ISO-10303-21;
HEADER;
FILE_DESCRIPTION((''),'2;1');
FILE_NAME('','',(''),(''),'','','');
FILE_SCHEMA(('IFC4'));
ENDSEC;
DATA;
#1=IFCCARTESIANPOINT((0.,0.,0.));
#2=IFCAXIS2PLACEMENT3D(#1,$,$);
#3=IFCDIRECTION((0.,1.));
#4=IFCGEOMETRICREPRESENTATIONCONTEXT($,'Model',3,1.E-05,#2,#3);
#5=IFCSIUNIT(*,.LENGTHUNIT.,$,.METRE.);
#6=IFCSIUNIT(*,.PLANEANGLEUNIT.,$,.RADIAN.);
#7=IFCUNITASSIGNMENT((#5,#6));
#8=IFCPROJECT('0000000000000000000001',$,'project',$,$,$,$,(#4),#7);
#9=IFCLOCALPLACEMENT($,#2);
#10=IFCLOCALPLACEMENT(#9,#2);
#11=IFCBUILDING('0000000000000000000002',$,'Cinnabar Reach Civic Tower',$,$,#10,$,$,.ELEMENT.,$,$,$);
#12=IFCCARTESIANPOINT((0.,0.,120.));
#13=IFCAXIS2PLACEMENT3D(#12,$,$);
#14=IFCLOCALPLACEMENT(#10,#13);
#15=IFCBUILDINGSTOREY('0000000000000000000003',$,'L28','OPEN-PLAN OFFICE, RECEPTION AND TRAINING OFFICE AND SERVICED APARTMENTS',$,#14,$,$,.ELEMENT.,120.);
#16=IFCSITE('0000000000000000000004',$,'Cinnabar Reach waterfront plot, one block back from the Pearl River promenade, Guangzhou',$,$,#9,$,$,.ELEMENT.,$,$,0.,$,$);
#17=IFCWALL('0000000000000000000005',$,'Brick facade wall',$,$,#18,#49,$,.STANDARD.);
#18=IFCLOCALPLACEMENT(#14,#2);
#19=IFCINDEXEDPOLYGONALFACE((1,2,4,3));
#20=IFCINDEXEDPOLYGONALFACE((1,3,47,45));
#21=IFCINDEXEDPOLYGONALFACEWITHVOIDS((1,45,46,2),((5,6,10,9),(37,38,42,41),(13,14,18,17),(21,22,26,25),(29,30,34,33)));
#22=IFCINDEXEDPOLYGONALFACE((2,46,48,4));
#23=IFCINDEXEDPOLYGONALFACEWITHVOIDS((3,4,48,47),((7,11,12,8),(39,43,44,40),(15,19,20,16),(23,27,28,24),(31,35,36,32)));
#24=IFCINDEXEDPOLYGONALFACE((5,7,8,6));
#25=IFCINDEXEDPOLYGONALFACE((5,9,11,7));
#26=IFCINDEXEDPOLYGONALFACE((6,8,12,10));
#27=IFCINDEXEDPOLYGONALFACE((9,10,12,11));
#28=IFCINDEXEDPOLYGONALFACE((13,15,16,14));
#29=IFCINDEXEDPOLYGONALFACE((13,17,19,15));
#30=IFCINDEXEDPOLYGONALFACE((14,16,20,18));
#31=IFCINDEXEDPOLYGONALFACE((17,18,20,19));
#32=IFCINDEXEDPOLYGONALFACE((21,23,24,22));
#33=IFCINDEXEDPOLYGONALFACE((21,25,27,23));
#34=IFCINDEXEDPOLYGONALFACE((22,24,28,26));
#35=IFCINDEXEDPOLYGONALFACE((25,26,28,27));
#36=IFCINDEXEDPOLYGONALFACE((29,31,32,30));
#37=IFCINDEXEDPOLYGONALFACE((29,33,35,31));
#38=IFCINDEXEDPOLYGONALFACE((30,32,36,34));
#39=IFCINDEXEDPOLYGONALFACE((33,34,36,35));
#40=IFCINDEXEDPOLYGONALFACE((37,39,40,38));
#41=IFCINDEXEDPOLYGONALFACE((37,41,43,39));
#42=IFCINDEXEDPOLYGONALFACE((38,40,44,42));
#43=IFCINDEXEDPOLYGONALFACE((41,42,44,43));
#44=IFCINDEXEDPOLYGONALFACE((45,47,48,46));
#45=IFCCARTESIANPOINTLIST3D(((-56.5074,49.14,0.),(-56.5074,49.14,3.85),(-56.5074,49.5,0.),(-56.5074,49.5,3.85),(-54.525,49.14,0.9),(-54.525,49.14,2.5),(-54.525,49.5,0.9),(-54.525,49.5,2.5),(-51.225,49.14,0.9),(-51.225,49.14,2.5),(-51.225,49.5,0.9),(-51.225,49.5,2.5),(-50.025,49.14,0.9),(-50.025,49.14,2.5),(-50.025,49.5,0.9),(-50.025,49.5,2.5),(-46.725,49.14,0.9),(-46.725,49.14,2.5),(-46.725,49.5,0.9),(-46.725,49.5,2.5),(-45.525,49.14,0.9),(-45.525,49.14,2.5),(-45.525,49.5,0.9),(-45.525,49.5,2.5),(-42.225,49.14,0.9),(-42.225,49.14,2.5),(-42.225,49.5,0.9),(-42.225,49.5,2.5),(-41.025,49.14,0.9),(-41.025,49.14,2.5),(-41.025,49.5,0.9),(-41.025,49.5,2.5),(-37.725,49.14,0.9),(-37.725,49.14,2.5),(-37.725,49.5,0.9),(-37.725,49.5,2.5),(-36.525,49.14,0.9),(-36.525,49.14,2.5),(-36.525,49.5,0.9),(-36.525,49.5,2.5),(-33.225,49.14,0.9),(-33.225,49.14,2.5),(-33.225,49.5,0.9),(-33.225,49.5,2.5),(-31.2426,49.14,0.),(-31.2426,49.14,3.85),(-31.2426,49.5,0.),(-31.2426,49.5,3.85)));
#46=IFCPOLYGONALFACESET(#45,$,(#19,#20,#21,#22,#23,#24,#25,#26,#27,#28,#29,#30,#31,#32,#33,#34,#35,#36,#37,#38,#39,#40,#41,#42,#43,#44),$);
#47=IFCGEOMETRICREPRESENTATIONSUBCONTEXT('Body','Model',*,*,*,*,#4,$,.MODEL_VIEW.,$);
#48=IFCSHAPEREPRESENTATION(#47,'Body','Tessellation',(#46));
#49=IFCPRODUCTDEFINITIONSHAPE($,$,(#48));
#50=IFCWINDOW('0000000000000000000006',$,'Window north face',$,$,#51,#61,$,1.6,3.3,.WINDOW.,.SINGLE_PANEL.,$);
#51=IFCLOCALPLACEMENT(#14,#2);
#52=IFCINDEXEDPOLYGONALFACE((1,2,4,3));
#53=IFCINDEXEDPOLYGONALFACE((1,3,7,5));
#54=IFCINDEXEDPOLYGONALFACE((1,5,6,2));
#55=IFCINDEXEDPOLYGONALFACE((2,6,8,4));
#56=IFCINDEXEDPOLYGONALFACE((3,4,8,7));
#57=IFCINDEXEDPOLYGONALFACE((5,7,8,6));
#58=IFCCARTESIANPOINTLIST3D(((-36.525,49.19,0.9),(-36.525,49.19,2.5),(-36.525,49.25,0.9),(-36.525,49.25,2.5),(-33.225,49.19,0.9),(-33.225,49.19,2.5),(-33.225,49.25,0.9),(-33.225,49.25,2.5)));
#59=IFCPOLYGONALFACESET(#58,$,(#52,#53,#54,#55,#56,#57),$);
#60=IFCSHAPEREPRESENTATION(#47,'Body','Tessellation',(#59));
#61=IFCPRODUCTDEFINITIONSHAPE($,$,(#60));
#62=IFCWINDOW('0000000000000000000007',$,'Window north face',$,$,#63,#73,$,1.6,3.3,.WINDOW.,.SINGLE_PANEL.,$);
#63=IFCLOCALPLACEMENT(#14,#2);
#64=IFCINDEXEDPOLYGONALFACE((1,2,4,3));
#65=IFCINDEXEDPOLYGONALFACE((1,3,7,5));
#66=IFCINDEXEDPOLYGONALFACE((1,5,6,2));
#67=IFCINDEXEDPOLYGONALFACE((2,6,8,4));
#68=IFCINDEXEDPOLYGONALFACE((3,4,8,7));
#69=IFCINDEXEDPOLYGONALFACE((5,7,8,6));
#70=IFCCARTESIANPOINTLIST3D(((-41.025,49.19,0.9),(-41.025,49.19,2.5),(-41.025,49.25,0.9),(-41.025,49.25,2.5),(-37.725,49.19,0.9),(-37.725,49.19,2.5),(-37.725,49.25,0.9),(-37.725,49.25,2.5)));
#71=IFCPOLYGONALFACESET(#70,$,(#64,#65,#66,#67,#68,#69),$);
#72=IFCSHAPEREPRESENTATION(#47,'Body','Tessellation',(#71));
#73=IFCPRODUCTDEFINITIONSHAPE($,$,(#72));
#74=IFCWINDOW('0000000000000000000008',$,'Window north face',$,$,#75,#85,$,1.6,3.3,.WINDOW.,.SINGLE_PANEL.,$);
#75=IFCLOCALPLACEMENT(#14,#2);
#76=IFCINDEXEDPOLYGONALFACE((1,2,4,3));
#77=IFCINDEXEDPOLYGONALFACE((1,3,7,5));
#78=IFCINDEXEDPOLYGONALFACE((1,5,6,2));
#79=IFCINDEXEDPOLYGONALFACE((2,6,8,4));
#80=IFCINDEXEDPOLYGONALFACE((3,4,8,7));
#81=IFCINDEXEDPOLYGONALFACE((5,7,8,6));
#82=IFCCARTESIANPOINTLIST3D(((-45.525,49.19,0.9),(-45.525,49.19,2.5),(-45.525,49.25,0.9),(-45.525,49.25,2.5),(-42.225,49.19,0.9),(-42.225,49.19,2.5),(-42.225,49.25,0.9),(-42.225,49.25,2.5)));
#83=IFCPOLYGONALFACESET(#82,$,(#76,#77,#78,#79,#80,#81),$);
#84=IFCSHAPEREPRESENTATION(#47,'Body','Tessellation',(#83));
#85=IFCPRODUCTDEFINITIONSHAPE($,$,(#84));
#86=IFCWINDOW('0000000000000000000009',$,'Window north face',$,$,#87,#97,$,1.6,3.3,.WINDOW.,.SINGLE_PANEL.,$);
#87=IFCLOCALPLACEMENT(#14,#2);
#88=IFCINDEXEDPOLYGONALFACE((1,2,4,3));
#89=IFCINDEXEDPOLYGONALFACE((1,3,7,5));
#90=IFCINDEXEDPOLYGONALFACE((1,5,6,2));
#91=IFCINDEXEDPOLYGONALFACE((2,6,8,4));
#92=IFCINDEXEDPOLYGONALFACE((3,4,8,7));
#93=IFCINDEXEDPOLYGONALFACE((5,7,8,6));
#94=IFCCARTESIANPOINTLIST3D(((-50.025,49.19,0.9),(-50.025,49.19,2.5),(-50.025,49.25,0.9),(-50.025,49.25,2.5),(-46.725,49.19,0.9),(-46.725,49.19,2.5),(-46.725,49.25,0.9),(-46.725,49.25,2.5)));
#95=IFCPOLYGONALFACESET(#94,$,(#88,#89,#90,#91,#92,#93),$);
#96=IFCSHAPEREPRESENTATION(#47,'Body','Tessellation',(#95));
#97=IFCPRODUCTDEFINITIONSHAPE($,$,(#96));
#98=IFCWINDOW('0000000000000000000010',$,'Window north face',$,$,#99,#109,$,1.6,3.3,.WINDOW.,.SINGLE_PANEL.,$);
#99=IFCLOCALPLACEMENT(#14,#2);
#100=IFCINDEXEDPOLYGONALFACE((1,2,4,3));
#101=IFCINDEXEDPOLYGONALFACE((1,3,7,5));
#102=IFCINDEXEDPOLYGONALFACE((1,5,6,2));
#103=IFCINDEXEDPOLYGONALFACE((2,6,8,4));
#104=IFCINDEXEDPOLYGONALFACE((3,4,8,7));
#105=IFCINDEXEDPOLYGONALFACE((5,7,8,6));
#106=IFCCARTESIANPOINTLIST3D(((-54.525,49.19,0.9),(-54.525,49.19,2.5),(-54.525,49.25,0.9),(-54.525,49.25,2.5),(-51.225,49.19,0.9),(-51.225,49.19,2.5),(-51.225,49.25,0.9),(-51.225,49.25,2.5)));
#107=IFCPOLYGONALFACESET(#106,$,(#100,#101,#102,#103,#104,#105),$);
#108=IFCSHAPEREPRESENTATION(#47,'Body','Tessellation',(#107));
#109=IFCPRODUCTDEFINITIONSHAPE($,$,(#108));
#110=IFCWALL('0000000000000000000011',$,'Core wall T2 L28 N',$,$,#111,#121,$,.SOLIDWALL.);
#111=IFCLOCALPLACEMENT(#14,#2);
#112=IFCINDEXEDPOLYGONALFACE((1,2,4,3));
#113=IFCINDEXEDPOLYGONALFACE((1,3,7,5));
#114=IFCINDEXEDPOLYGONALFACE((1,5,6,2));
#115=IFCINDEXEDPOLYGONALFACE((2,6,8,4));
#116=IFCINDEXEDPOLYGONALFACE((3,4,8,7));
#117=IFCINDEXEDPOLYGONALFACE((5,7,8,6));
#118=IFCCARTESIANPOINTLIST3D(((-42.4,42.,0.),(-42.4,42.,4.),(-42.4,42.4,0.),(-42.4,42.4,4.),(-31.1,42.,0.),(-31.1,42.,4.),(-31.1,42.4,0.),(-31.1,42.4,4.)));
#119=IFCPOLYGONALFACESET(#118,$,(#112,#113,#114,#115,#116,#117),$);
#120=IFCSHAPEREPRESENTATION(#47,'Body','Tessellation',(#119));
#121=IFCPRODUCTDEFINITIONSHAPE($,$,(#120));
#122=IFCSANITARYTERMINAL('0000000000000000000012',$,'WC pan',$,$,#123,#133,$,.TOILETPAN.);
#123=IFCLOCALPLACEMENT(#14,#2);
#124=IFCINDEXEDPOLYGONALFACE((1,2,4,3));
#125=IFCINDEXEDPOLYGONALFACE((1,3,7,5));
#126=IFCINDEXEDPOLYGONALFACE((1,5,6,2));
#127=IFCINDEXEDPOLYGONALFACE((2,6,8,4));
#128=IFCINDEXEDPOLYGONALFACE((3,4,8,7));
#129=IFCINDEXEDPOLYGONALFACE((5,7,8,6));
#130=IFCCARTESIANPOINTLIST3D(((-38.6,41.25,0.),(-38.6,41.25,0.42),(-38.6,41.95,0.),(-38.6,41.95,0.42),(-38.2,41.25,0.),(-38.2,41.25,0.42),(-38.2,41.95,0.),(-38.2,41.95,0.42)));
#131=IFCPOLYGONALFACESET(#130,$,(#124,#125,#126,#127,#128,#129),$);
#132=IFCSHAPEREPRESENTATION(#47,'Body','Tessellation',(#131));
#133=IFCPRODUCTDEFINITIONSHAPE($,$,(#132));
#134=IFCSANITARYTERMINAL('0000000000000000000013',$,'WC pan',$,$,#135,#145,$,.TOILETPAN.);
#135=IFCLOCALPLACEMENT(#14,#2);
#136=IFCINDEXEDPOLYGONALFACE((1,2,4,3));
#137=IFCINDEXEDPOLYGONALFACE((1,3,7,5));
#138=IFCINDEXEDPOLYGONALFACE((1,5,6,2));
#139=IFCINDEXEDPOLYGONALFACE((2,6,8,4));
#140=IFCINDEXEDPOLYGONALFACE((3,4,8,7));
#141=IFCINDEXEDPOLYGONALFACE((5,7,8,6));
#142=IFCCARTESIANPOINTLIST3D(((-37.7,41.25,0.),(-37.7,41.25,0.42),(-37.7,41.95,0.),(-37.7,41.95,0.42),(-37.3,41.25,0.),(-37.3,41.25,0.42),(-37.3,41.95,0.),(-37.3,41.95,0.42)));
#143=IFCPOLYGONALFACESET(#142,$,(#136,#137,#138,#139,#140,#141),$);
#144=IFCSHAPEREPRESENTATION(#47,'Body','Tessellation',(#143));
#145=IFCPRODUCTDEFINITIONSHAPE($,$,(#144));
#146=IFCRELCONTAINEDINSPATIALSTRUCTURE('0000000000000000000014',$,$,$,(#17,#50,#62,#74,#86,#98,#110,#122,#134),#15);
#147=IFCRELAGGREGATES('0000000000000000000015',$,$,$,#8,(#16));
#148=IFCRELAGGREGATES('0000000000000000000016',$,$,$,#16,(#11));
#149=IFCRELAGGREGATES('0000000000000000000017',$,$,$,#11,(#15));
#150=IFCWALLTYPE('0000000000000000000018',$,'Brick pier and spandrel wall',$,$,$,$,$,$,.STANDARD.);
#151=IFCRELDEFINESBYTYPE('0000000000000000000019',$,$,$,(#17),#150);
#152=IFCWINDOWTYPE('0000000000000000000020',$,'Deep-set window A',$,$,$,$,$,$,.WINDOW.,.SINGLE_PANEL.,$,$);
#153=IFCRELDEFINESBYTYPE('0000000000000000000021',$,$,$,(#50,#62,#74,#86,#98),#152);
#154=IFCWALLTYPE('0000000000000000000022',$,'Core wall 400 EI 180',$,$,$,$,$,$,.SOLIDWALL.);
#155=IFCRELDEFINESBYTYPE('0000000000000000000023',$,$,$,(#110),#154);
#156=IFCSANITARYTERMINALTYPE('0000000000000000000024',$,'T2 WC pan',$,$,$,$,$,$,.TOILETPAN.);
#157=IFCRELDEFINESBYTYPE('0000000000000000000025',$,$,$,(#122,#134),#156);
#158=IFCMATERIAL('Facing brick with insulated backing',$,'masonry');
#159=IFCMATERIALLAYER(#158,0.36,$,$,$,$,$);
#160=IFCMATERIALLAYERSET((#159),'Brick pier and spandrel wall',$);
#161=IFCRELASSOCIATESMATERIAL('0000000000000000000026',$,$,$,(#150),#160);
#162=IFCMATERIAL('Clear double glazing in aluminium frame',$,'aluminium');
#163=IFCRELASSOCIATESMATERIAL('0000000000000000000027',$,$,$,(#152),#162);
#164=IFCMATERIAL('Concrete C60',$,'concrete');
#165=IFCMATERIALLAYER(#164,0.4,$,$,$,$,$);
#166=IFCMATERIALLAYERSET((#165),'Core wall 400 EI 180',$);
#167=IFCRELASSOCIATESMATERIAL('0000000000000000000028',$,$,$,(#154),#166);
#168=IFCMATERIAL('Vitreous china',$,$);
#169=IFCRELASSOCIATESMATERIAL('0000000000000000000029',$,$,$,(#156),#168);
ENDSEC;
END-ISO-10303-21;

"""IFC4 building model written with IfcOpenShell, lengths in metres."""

from ifc_helpers import new_model, si_unit, direction, frame, frame_2d, origin, origin_2d, place, context, subcontext, project, spatial, rectangle, extrude, material, layer, layer_set, type_object, element, fill, save


model = new_model("IFC4")

# Units and contexts
model_context = context("Model", 3, precision=1e-05, world=origin(), true_north=direction((0.0, 1.0)))
body_context = subcontext(model_context, "Body", "Model", "MODEL_VIEW")
ifc_project = project(units=[si_unit("LENGTHUNIT", "METRE"), si_unit("PLANEANGLEUNIT", "RADIAN")], contexts=[model_context])

# Site, building, storey
site_placement = place(None, origin())
site = spatial("IfcSite", under=ifc_project, at=site_placement, Name="Cinnabar Reach waterfront plot, one block back from the Pearl River promenade, Guangzhou", CompositionType="ELEMENT", RefElevation=0.0)
building_placement = place(site_placement, origin())
building = spatial("IfcBuilding", under=site, at=building_placement, Name="Cinnabar Reach Civic Tower", CompositionType="ELEMENT")
storey_placement = place(building_placement, frame((0.0, 0.0, 120.0)))
storey = spatial("IfcBuildingStorey", under=building, at=storey_placement, Name="L28", Description="OPEN-PLAN OFFICE, RECEPTION AND TRAINING OFFICE AND SERVICED APARTMENTS", CompositionType="ELEMENT", Elevation=120.0)

# Shared definitions
ifc_material_1 = material(Name="Concrete C60", Category="concrete")

# Shared definitions
ifc_material_2 = material(Name="Facing brick with insulated backing", Category="masonry")

# Wall, openings, windows
ifc_layer_1 = layer(ifc_material_2, 0.36)
ifc_layer_set_1 = layer_set([ifc_layer_1], Name="Brick pier and spandrel wall")
wall_type_1 = type_object("IfcWallType", Name="Brick pier and spandrel wall", PredefinedType="STANDARD", material=ifc_layer_set_1)
wall_1_placement = place(storey_placement, frame((-31.2426, 49.32, 0.0), z_axis=(0.0, 0.0, 1.0), x_axis=(-1.0, 0.0, 0.0)))
wall_1 = element("IfcWall", 1, at=wall_1_placement, inside=storey, type_object=wall_type_1, Name="Brick facade wall", PredefinedType="STANDARD", context=body_context, shape_type="SweptSolid", body=[
    extrude(rectangle(XDim=25.2648, YDim=0.36, at=frame_2d((12.6324, 0.0))), origin(), (0.0, 0.0, 1.0), 3.85),
])
opening_1_placement = place(wall_1_placement, frame((1.9824, 0.0, 0.9)))
opening_1 = element("IfcOpeningElement", 2, at=opening_1_placement, cuts=wall_1, PredefinedType="OPENING", context=body_context, shape_type="SweptSolid", body=[
    extrude(rectangle(XDim=3.3, YDim=1.6, at=frame_2d((1.65, 0.8))), frame((0.0, 0.19, 0.0), z_axis=(0.0, -1.0, 0.0), x_axis=(1.0, 0.0, 0.0)), (0.0, 0.0, 1.0), 0.38),
])
opening_2_placement = place(wall_1_placement, frame((6.4824, 0.0, 0.9)))
opening_2 = element("IfcOpeningElement", 3, at=opening_2_placement, cuts=wall_1, PredefinedType="OPENING", context=body_context, shape_type="SweptSolid", body=[
    extrude(rectangle(XDim=3.3, YDim=1.6, at=frame_2d((1.65, 0.8))), frame((0.0, 0.19, 0.0), z_axis=(0.0, -1.0, 0.0), x_axis=(1.0, 0.0, 0.0)), (0.0, 0.0, 1.0), 0.38),
])
opening_3_placement = place(wall_1_placement, frame((10.9824, 0.0, 0.9)))
opening_3 = element("IfcOpeningElement", 4, at=opening_3_placement, cuts=wall_1, PredefinedType="OPENING", context=body_context, shape_type="SweptSolid", body=[
    extrude(rectangle(XDim=3.3, YDim=1.6, at=frame_2d((1.65, 0.8))), frame((0.0, 0.19, 0.0), z_axis=(0.0, -1.0, 0.0), x_axis=(1.0, 0.0, 0.0)), (0.0, 0.0, 1.0), 0.38),
])
opening_4_placement = place(wall_1_placement, frame((15.4824, 0.0, 0.9)))
opening_4 = element("IfcOpeningElement", 5, at=opening_4_placement, cuts=wall_1, PredefinedType="OPENING", context=body_context, shape_type="SweptSolid", body=[
    extrude(rectangle(XDim=3.3, YDim=1.6, at=frame_2d((1.65, 0.8))), frame((0.0, 0.19, 0.0), z_axis=(0.0, -1.0, 0.0), x_axis=(1.0, 0.0, 0.0)), (0.0, 0.0, 1.0), 0.38),
])
opening_5_placement = place(wall_1_placement, frame((19.9824, 0.0, 0.9)))
opening_5 = element("IfcOpeningElement", 6, at=opening_5_placement, cuts=wall_1, PredefinedType="OPENING", context=body_context, shape_type="SweptSolid", body=[
    extrude(rectangle(XDim=3.3, YDim=1.6, at=frame_2d((1.65, 0.8))), frame((0.0, 0.19, 0.0), z_axis=(0.0, -1.0, 0.0), x_axis=(1.0, 0.0, 0.0)), (0.0, 0.0, 1.0), 0.38),
])
ifc_material_3 = material(Name="Clear double glazing in aluminium frame", Category="aluminium")
window_type = type_object("IfcWindowType", Name="Deep-set window A", PartitioningType="SINGLE_PANEL", PredefinedType="WINDOW", material=ifc_material_3)
window_1_placement = place(opening_1_placement, origin())
window_1 = element("IfcWindow", 7, at=window_1_placement, inside=storey, type_object=window_type, Name="Window north face", OverallHeight=1.6, OverallWidth=3.3, PartitioningType="SINGLE_PANEL", PredefinedType="WINDOW", context=body_context, shape_type="SweptSolid", body=[
    extrude(rectangle(XDim=3.3, YDim=1.6, at=frame_2d((1.65, 0.8))), frame((0.0, 0.13, 0.0), z_axis=(0.0, -1.0, 0.0), x_axis=(1.0, 0.0, 0.0)), (0.0, 0.0, 1.0), 0.06),
])
fill(opening_1, window_1)
window_2_placement = place(opening_2_placement, origin())
window_2 = element("IfcWindow", 8, at=window_2_placement, inside=storey, type_object=window_type, Name="Window north face", OverallHeight=1.6, OverallWidth=3.3, PartitioningType="SINGLE_PANEL", PredefinedType="WINDOW", context=body_context, shape_type="SweptSolid", body=[
    extrude(rectangle(XDim=3.3, YDim=1.6, at=frame_2d((1.65, 0.8))), frame((0.0, 0.13, 0.0), z_axis=(0.0, -1.0, 0.0), x_axis=(1.0, 0.0, 0.0)), (0.0, 0.0, 1.0), 0.06),
])
fill(opening_2, window_2)
window_3_placement = place(opening_3_placement, origin())
window_3 = element("IfcWindow", 9, at=window_3_placement, inside=storey, type_object=window_type, Name="Window north face", OverallHeight=1.6, OverallWidth=3.3, PartitioningType="SINGLE_PANEL", PredefinedType="WINDOW", context=body_context, shape_type="SweptSolid", body=[
    extrude(rectangle(XDim=3.3, YDim=1.6, at=frame_2d((1.65, 0.8))), frame((0.0, 0.13, 0.0), z_axis=(0.0, -1.0, 0.0), x_axis=(1.0, 0.0, 0.0)), (0.0, 0.0, 1.0), 0.06),
])
fill(opening_3, window_3)
window_4_placement = place(opening_4_placement, origin())
window_4 = element("IfcWindow", 10, at=window_4_placement, inside=storey, type_object=window_type, Name="Window north face", OverallHeight=1.6, OverallWidth=3.3, PartitioningType="SINGLE_PANEL", PredefinedType="WINDOW", context=body_context, shape_type="SweptSolid", body=[
    extrude(rectangle(XDim=3.3, YDim=1.6, at=frame_2d((1.65, 0.8))), frame((0.0, 0.13, 0.0), z_axis=(0.0, -1.0, 0.0), x_axis=(1.0, 0.0, 0.0)), (0.0, 0.0, 1.0), 0.06),
])
fill(opening_4, window_4)
window_5_placement = place(opening_5_placement, origin())
window_5 = element("IfcWindow", 11, at=window_5_placement, inside=storey, type_object=window_type, Name="Window north face", OverallHeight=1.6, OverallWidth=3.3, PartitioningType="SINGLE_PANEL", PredefinedType="WINDOW", context=body_context, shape_type="SweptSolid", body=[
    extrude(rectangle(XDim=3.3, YDim=1.6, at=frame_2d((1.65, 0.8))), frame((0.0, 0.13, 0.0), z_axis=(0.0, -1.0, 0.0), x_axis=(1.0, 0.0, 0.0)), (0.0, 0.0, 1.0), 0.06),
])
fill(opening_5, window_5)

# Wall
ifc_layer_2 = layer(ifc_material_1, 0.4)
ifc_layer_set_2 = layer_set([ifc_layer_2], Name="Core wall 400 EI 180")
wall_type_2 = type_object("IfcWallType", Name="Core wall 400 EI 180", PredefinedType="SOLIDWALL", material=ifc_layer_set_2)
wall_2_placement = place(storey_placement, frame((-31.1, 42.2, 0.0), z_axis=(0.0, 0.0, 1.0), x_axis=(-1.0, 0.0, 0.0)))
element("IfcWall", 12, at=wall_2_placement, inside=storey, type_object=wall_type_2, Name="Core wall T2 L28 N", PredefinedType="SOLIDWALL", context=body_context, shape_type="SweptSolid", body=[
    extrude(rectangle(XDim=11.3, YDim=0.4, at=frame_2d((5.65, 0.0))), origin(), (0.0, 0.0, 1.0), 4.0),
])

# Sanitary terminals
ifc_material_4 = material(Name="Vitreous china")
sanitary_terminal_type = type_object("IfcSanitaryTerminalType", Name="T2 WC pan", PredefinedType="TOILETPAN", material=ifc_material_4)
for number, where, z_axis, x_axis, name in (
    (13, (-38.4, 41.6, 0.0), (0.0, 0.0, 1.0), (1.0, 0.0, 0.0), "WC pan"),
    (14, (-37.5, 41.6, 0.0), (0.0, 0.0, 1.0), (1.0, 0.0, 0.0), "WC pan"),
):
    element("IfcSanitaryTerminal", number, at=place(storey_placement, frame(where, z_axis=z_axis, x_axis=x_axis)), inside=storey, type_object=sanitary_terminal_type, Name=name, PredefinedType="TOILETPAN", context=body_context, shape_type="SweptSolid", body=[
        extrude(rectangle(XDim=0.4, YDim=0.7, at=origin_2d()), origin(), (0.0, 0.0, 1.0), 0.42),
    ])

save(model, "model.ifc")
